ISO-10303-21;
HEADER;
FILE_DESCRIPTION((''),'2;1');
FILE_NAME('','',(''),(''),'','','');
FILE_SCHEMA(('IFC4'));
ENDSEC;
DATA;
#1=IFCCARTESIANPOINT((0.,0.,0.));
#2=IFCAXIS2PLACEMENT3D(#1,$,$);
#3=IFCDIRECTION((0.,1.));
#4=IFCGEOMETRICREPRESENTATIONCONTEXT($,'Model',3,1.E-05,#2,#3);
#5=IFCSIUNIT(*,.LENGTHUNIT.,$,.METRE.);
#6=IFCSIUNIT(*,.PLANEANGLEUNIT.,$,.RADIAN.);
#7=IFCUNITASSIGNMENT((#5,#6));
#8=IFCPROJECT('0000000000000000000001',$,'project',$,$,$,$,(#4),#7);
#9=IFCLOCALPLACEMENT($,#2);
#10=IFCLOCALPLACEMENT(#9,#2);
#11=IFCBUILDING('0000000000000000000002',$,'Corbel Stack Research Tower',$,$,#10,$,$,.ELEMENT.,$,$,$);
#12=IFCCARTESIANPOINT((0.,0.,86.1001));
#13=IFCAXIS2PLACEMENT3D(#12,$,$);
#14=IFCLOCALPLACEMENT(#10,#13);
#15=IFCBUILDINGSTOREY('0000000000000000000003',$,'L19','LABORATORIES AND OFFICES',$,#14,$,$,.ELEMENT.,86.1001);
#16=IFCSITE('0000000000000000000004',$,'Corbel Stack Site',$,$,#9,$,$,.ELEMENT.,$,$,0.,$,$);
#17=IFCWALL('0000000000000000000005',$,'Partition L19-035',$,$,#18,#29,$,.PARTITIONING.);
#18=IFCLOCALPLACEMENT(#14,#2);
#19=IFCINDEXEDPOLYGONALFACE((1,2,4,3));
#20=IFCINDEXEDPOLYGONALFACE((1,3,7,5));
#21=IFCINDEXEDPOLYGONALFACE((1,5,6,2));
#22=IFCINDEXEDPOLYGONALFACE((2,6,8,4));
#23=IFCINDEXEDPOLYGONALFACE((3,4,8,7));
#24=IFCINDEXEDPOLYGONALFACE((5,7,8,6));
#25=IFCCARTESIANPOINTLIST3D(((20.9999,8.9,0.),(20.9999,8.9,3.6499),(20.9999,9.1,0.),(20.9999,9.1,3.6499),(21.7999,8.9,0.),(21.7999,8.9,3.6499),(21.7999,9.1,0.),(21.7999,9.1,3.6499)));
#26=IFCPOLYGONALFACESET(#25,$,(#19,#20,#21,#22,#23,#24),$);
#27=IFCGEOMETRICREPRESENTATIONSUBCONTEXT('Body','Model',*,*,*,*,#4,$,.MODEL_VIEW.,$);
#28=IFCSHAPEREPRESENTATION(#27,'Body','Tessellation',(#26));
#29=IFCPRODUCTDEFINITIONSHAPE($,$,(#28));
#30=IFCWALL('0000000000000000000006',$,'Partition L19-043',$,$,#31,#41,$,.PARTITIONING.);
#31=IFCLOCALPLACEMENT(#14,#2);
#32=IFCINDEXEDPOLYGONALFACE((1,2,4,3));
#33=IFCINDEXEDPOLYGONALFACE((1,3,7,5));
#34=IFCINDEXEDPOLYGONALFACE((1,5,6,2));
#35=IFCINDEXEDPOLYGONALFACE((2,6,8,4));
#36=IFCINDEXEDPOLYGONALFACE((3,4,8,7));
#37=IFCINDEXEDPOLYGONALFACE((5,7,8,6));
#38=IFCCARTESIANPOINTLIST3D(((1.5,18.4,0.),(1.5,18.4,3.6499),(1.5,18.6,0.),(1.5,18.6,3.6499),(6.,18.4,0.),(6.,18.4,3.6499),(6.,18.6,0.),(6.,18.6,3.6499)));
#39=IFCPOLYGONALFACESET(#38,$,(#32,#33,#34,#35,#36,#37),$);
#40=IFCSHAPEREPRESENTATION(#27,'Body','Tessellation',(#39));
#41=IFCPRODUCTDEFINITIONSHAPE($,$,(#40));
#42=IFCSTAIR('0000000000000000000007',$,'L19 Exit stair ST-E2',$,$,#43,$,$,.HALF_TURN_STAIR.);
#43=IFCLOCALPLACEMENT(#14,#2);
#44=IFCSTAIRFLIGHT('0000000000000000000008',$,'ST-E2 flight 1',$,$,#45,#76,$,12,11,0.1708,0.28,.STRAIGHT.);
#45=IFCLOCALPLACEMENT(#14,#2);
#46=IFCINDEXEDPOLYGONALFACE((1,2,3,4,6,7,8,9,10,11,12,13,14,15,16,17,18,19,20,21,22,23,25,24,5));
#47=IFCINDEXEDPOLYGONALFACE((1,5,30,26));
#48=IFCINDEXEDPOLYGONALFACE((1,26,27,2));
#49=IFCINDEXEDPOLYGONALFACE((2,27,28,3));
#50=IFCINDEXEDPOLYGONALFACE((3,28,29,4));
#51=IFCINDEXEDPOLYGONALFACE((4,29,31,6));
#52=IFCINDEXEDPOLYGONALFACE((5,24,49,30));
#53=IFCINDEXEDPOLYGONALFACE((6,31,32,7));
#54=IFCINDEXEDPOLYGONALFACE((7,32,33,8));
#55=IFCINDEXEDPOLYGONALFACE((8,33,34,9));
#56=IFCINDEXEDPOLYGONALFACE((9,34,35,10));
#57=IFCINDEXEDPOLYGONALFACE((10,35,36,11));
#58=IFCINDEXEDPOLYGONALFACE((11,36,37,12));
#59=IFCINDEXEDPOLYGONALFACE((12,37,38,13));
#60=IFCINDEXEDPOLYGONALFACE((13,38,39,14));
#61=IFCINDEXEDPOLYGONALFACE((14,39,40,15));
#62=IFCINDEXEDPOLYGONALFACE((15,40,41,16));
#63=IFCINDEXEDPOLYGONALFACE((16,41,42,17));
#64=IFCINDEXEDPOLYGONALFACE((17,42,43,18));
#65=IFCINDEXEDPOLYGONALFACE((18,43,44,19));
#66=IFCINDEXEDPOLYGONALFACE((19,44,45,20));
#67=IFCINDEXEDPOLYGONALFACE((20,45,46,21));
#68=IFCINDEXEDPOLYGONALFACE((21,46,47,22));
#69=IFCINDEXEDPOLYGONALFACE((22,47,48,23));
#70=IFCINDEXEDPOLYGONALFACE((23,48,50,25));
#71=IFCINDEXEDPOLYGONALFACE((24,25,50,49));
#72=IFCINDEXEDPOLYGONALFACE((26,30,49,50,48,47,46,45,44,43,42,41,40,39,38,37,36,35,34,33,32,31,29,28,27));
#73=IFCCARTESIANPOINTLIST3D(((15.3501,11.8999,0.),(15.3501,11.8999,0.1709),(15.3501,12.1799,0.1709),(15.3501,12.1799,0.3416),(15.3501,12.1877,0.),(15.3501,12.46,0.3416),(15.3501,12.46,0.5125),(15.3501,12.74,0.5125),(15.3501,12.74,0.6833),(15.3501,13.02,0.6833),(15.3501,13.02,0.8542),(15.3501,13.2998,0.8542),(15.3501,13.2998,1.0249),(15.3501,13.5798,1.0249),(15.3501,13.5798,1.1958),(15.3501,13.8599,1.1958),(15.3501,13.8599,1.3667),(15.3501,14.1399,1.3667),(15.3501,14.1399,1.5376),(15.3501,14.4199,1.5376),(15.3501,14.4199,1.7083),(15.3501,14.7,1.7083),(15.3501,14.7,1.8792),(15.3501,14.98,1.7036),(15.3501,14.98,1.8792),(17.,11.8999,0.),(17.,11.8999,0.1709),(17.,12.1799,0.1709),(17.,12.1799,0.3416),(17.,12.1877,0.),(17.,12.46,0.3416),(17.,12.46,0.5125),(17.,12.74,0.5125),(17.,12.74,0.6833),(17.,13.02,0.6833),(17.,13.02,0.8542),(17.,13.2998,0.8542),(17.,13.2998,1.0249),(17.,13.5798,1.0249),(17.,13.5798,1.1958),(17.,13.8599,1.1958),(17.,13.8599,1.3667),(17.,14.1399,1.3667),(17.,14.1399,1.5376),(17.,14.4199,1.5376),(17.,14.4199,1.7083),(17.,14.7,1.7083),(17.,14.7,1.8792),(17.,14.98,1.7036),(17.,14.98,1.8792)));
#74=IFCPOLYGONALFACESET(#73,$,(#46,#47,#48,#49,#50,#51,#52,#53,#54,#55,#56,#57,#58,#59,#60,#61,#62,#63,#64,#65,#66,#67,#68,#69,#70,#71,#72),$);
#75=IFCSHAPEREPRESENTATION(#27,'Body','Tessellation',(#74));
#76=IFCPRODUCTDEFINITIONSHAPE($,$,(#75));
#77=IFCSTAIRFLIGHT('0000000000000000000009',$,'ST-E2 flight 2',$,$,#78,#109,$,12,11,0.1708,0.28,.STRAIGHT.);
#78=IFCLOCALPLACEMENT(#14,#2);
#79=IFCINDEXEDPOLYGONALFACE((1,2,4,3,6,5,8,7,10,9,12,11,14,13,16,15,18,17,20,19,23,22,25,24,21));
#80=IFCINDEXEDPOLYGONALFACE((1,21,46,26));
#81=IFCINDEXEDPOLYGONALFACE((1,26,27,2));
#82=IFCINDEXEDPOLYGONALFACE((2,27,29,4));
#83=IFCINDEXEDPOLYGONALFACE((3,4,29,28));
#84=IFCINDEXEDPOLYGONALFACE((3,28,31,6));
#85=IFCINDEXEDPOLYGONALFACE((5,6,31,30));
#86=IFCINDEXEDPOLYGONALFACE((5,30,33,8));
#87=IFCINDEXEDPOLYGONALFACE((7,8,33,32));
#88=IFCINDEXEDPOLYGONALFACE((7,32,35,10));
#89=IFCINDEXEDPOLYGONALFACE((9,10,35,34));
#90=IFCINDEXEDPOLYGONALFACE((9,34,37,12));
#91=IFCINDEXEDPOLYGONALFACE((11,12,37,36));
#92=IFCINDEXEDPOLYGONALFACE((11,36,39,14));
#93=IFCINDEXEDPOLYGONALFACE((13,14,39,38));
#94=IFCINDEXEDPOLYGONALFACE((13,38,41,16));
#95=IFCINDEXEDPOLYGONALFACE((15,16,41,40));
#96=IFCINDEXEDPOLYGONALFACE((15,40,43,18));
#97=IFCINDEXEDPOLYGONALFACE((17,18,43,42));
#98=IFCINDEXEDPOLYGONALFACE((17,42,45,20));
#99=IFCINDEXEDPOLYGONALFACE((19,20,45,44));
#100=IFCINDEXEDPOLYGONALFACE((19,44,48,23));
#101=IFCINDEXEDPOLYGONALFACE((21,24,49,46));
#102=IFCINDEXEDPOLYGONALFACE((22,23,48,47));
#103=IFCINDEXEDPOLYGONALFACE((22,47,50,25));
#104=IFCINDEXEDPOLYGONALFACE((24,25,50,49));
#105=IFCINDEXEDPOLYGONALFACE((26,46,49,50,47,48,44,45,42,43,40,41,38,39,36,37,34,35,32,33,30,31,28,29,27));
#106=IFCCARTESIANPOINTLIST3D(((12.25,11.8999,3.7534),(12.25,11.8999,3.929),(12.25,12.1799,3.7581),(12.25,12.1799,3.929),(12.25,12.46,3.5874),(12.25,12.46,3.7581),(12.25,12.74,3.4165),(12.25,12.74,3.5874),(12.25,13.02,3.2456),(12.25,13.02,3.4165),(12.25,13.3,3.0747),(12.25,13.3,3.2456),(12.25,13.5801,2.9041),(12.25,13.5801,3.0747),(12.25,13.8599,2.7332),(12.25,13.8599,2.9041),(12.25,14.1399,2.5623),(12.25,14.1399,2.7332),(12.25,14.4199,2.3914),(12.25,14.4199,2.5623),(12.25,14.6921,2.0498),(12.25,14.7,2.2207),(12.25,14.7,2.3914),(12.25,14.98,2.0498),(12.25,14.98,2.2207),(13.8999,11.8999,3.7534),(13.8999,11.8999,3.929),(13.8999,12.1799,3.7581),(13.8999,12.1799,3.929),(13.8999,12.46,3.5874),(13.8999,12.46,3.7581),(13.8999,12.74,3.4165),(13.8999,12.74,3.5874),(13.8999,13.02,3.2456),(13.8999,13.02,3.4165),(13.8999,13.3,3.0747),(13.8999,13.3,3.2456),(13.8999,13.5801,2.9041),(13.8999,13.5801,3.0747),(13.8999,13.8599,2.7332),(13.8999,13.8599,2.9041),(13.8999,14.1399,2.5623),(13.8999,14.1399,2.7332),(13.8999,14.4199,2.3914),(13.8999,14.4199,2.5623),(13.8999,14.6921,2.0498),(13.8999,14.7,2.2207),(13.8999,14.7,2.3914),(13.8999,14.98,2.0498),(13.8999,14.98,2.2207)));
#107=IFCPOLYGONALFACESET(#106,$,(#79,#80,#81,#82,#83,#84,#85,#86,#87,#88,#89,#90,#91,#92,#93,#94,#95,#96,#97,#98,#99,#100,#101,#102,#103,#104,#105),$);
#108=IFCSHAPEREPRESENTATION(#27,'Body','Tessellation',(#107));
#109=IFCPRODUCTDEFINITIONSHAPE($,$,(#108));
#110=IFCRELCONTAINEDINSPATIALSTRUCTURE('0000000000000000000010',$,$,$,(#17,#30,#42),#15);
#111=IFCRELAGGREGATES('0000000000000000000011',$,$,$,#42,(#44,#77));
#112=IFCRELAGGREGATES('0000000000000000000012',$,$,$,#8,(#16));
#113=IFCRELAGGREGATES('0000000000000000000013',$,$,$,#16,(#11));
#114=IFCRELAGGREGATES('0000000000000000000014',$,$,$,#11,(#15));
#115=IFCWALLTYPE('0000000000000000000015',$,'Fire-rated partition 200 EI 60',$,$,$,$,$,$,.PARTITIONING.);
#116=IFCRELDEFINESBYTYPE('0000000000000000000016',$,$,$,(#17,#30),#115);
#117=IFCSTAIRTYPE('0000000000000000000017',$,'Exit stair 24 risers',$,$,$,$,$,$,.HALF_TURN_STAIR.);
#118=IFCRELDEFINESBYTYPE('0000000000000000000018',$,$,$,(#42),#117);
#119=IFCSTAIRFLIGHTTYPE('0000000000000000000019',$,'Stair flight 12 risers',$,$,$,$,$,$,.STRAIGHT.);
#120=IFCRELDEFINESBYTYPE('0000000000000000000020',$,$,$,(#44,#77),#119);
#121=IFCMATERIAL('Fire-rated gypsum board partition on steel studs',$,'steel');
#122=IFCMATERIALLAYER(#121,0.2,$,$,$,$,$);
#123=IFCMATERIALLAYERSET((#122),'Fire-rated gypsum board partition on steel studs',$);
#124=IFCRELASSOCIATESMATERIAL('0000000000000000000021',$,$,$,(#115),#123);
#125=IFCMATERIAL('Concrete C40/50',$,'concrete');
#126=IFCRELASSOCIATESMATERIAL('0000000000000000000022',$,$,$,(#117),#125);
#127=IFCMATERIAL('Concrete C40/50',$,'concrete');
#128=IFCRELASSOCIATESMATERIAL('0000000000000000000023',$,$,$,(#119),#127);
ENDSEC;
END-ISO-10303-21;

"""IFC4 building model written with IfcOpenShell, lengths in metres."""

from ifc_helpers import new_model, si_unit, direction, frame, frame_2d, origin, place, context, subcontext, project, spatial, polyline, rectangle, outline, extrude, material, layer, layer_set, type_object, element, aggregate, save


model = new_model("IFC4")

# Units and contexts
model_context = context("Model", 3, precision=1e-05, world=origin(), true_north=direction((0.0, 1.0)))
body_context = subcontext(model_context, "Body", "Model", "MODEL_VIEW")
ifc_project = project(units=[si_unit("LENGTHUNIT", "METRE"), si_unit("PLANEANGLEUNIT", "RADIAN")], contexts=[model_context])

# Site, building, storey
site_placement = place(None, origin())
site = spatial("IfcSite", under=ifc_project, at=site_placement, Name="Corbel Stack Site", CompositionType="ELEMENT", RefElevation=0.0)
building_placement = place(site_placement, origin())
building = spatial("IfcBuilding", under=site, at=building_placement, Name="Corbel Stack Research Tower", CompositionType="ELEMENT")
storey_placement = place(building_placement, frame((0.0, 0.0, 86.1001)))
storey = spatial("IfcBuildingStorey", under=building, at=storey_placement, Name="L19", Description="LABORATORIES AND OFFICES", CompositionType="ELEMENT", Elevation=86.1001)

# Walls
ifc_material_1 = material(Name="Fire-rated gypsum board partition on steel studs", Category="steel")
ifc_layer_1 = layer(ifc_material_1, 0.2)
ifc_layer_set_1 = layer_set([ifc_layer_1], Name="Fire-rated gypsum board partition on steel studs")
wall_type_1 = type_object("IfcWallType", Name="Fire-rated partition 200 EI 60", PredefinedType="PARTITIONING", material=ifc_layer_set_1)
wall_1_placement = place(storey_placement, frame((21.0, 9.0, 0.0), z_axis=(0.0, 0.0, 1.0), x_axis=(1.0, 0.0, 0.0)))
element("IfcWall", 1, at=wall_1_placement, inside=storey, type_object=wall_type_1, Name="Partition L19-035", PredefinedType="PARTITIONING", context=body_context, shape_type="SweptSolid", body=[
    extrude(rectangle(XDim=0.8, YDim=0.2, at=frame_2d((0.3999, 0.0))), origin(), (0.0, 0.0, 1.0), 3.6499),
])
wall_2_placement = place(storey_placement, frame((1.5, 18.5, 0.0), z_axis=(0.0, 0.0, 1.0), x_axis=(1.0, 0.0, 0.0)))
element("IfcWall", 2, at=wall_2_placement, inside=storey, type_object=wall_type_1, Name="Partition L19-043", PredefinedType="PARTITIONING", context=body_context, shape_type="SweptSolid", body=[
    extrude(rectangle(XDim=4.5, YDim=0.2, at=frame_2d((2.25, 0.0))), origin(), (0.0, 0.0, 1.0), 3.6499),
])

# Stair, stair flights
ifc_material_2 = material(Name="Concrete C40/50", Category="concrete")
stair_type = type_object("IfcStairType", Name="Exit stair 24 risers", PredefinedType="HALF_TURN_STAIR", material=ifc_material_2)
stair_placement = place(storey_placement, origin())
stair = element("IfcStair", 3, at=stair_placement, inside=storey, type_object=stair_type, Name="L19 Exit stair ST-E2", PredefinedType="HALF_TURN_STAIR")
ifc_material_3 = material(Name="Concrete C40/50", Category="concrete")
stair_flight_type = type_object("IfcStairFlightType", Name="Stair flight 12 risers", PredefinedType="STRAIGHT", material=ifc_material_3)
stair_flight_1_placement = place(storey_placement, frame((16.175, 11.8999, 0.0), z_axis=(0.0, 0.0, 1.0), x_axis=(0.0, 1.0, 0.0)))
stair_flight_1 = element("IfcStairFlight", 4, at=stair_flight_1_placement, type_object=stair_flight_type, Name="ST-E2 flight 1", NumberOfRisers=12, NumberOfTreads=11, PredefinedType="STRAIGHT", RiserHeight=0.1708, TreadLength=0.28, context=body_context, shape_type="SweptSolid", body=[
    extrude(outline(polyline([(0.0, 0.0), (0.0, 0.1709), (0.28, 0.1709), (0.28, 0.3416), (0.5601, 0.3416), (0.5601, 0.5125), (0.8401, 0.5125), (0.8401, 0.6833), (1.1201, 0.6833), (1.1201, 0.8542), (1.3999, 0.8542), (1.3999, 1.0249), (1.6799, 1.0249), (1.6799, 1.1958), (1.96, 1.1958), (1.96, 1.3667), (2.24, 1.3667), (2.24, 1.5376), (2.52, 1.5376), (2.52, 1.7083), (2.8, 1.7083), (2.8, 1.8792), (3.0801, 1.8792), (3.0801, 2.05), (3.0801, 1.7036), (0.2878, 0.0), (0.0, 0.0)])), frame((0.0, 0.825, 0.0), z_axis=(0.0, -1.0, 0.0), x_axis=(1.0, 0.0, 0.0)), (0.0, 0.0, 1.0), 1.6499),
])
stair_flight_2_placement = place(storey_placement, frame((13.075, 14.98, 2.0498), z_axis=(0.0, 0.0, 1.0), x_axis=(0.0, -1.0, 0.0)))
stair_flight_2 = element("IfcStairFlight", 5, at=stair_flight_2_placement, type_object=stair_flight_type, Name="ST-E2 flight 2", NumberOfRisers=12, NumberOfTreads=11, PredefinedType="STRAIGHT", RiserHeight=0.1708, TreadLength=0.28, context=body_context, shape_type="SweptSolid", body=[
    extrude(outline(polyline([(0.0, 0.0), (0.0, 0.1709), (0.28, 0.1709), (0.28, 0.3416), (0.5601, 0.3416), (0.5601, 0.5125), (0.8401, 0.5125), (0.8401, 0.6833), (1.1201, 0.6833), (1.1201, 0.8542), (1.3999, 0.8542), (1.3999, 1.0249), (1.6799, 1.0249), (1.6799, 1.1958), (1.96, 1.1958), (1.96, 1.3667), (2.24, 1.3667), (2.24, 1.5376), (2.52, 1.5376), (2.52, 1.7083), (2.8, 1.7083), (2.8, 1.8792), (3.0801, 1.8792), (3.0801, 2.05), (3.0801, 1.7036), (0.2878, 0.0), (0.0, 0.0)])), frame((0.0, 0.825, 0.0), z_axis=(0.0, -1.0, 0.0), x_axis=(1.0, 0.0, 0.0)), (0.0, 0.0, 1.0), 1.6499),
])
aggregate(stair, [stair_flight_1, stair_flight_2])

save(model, "model.ifc")
